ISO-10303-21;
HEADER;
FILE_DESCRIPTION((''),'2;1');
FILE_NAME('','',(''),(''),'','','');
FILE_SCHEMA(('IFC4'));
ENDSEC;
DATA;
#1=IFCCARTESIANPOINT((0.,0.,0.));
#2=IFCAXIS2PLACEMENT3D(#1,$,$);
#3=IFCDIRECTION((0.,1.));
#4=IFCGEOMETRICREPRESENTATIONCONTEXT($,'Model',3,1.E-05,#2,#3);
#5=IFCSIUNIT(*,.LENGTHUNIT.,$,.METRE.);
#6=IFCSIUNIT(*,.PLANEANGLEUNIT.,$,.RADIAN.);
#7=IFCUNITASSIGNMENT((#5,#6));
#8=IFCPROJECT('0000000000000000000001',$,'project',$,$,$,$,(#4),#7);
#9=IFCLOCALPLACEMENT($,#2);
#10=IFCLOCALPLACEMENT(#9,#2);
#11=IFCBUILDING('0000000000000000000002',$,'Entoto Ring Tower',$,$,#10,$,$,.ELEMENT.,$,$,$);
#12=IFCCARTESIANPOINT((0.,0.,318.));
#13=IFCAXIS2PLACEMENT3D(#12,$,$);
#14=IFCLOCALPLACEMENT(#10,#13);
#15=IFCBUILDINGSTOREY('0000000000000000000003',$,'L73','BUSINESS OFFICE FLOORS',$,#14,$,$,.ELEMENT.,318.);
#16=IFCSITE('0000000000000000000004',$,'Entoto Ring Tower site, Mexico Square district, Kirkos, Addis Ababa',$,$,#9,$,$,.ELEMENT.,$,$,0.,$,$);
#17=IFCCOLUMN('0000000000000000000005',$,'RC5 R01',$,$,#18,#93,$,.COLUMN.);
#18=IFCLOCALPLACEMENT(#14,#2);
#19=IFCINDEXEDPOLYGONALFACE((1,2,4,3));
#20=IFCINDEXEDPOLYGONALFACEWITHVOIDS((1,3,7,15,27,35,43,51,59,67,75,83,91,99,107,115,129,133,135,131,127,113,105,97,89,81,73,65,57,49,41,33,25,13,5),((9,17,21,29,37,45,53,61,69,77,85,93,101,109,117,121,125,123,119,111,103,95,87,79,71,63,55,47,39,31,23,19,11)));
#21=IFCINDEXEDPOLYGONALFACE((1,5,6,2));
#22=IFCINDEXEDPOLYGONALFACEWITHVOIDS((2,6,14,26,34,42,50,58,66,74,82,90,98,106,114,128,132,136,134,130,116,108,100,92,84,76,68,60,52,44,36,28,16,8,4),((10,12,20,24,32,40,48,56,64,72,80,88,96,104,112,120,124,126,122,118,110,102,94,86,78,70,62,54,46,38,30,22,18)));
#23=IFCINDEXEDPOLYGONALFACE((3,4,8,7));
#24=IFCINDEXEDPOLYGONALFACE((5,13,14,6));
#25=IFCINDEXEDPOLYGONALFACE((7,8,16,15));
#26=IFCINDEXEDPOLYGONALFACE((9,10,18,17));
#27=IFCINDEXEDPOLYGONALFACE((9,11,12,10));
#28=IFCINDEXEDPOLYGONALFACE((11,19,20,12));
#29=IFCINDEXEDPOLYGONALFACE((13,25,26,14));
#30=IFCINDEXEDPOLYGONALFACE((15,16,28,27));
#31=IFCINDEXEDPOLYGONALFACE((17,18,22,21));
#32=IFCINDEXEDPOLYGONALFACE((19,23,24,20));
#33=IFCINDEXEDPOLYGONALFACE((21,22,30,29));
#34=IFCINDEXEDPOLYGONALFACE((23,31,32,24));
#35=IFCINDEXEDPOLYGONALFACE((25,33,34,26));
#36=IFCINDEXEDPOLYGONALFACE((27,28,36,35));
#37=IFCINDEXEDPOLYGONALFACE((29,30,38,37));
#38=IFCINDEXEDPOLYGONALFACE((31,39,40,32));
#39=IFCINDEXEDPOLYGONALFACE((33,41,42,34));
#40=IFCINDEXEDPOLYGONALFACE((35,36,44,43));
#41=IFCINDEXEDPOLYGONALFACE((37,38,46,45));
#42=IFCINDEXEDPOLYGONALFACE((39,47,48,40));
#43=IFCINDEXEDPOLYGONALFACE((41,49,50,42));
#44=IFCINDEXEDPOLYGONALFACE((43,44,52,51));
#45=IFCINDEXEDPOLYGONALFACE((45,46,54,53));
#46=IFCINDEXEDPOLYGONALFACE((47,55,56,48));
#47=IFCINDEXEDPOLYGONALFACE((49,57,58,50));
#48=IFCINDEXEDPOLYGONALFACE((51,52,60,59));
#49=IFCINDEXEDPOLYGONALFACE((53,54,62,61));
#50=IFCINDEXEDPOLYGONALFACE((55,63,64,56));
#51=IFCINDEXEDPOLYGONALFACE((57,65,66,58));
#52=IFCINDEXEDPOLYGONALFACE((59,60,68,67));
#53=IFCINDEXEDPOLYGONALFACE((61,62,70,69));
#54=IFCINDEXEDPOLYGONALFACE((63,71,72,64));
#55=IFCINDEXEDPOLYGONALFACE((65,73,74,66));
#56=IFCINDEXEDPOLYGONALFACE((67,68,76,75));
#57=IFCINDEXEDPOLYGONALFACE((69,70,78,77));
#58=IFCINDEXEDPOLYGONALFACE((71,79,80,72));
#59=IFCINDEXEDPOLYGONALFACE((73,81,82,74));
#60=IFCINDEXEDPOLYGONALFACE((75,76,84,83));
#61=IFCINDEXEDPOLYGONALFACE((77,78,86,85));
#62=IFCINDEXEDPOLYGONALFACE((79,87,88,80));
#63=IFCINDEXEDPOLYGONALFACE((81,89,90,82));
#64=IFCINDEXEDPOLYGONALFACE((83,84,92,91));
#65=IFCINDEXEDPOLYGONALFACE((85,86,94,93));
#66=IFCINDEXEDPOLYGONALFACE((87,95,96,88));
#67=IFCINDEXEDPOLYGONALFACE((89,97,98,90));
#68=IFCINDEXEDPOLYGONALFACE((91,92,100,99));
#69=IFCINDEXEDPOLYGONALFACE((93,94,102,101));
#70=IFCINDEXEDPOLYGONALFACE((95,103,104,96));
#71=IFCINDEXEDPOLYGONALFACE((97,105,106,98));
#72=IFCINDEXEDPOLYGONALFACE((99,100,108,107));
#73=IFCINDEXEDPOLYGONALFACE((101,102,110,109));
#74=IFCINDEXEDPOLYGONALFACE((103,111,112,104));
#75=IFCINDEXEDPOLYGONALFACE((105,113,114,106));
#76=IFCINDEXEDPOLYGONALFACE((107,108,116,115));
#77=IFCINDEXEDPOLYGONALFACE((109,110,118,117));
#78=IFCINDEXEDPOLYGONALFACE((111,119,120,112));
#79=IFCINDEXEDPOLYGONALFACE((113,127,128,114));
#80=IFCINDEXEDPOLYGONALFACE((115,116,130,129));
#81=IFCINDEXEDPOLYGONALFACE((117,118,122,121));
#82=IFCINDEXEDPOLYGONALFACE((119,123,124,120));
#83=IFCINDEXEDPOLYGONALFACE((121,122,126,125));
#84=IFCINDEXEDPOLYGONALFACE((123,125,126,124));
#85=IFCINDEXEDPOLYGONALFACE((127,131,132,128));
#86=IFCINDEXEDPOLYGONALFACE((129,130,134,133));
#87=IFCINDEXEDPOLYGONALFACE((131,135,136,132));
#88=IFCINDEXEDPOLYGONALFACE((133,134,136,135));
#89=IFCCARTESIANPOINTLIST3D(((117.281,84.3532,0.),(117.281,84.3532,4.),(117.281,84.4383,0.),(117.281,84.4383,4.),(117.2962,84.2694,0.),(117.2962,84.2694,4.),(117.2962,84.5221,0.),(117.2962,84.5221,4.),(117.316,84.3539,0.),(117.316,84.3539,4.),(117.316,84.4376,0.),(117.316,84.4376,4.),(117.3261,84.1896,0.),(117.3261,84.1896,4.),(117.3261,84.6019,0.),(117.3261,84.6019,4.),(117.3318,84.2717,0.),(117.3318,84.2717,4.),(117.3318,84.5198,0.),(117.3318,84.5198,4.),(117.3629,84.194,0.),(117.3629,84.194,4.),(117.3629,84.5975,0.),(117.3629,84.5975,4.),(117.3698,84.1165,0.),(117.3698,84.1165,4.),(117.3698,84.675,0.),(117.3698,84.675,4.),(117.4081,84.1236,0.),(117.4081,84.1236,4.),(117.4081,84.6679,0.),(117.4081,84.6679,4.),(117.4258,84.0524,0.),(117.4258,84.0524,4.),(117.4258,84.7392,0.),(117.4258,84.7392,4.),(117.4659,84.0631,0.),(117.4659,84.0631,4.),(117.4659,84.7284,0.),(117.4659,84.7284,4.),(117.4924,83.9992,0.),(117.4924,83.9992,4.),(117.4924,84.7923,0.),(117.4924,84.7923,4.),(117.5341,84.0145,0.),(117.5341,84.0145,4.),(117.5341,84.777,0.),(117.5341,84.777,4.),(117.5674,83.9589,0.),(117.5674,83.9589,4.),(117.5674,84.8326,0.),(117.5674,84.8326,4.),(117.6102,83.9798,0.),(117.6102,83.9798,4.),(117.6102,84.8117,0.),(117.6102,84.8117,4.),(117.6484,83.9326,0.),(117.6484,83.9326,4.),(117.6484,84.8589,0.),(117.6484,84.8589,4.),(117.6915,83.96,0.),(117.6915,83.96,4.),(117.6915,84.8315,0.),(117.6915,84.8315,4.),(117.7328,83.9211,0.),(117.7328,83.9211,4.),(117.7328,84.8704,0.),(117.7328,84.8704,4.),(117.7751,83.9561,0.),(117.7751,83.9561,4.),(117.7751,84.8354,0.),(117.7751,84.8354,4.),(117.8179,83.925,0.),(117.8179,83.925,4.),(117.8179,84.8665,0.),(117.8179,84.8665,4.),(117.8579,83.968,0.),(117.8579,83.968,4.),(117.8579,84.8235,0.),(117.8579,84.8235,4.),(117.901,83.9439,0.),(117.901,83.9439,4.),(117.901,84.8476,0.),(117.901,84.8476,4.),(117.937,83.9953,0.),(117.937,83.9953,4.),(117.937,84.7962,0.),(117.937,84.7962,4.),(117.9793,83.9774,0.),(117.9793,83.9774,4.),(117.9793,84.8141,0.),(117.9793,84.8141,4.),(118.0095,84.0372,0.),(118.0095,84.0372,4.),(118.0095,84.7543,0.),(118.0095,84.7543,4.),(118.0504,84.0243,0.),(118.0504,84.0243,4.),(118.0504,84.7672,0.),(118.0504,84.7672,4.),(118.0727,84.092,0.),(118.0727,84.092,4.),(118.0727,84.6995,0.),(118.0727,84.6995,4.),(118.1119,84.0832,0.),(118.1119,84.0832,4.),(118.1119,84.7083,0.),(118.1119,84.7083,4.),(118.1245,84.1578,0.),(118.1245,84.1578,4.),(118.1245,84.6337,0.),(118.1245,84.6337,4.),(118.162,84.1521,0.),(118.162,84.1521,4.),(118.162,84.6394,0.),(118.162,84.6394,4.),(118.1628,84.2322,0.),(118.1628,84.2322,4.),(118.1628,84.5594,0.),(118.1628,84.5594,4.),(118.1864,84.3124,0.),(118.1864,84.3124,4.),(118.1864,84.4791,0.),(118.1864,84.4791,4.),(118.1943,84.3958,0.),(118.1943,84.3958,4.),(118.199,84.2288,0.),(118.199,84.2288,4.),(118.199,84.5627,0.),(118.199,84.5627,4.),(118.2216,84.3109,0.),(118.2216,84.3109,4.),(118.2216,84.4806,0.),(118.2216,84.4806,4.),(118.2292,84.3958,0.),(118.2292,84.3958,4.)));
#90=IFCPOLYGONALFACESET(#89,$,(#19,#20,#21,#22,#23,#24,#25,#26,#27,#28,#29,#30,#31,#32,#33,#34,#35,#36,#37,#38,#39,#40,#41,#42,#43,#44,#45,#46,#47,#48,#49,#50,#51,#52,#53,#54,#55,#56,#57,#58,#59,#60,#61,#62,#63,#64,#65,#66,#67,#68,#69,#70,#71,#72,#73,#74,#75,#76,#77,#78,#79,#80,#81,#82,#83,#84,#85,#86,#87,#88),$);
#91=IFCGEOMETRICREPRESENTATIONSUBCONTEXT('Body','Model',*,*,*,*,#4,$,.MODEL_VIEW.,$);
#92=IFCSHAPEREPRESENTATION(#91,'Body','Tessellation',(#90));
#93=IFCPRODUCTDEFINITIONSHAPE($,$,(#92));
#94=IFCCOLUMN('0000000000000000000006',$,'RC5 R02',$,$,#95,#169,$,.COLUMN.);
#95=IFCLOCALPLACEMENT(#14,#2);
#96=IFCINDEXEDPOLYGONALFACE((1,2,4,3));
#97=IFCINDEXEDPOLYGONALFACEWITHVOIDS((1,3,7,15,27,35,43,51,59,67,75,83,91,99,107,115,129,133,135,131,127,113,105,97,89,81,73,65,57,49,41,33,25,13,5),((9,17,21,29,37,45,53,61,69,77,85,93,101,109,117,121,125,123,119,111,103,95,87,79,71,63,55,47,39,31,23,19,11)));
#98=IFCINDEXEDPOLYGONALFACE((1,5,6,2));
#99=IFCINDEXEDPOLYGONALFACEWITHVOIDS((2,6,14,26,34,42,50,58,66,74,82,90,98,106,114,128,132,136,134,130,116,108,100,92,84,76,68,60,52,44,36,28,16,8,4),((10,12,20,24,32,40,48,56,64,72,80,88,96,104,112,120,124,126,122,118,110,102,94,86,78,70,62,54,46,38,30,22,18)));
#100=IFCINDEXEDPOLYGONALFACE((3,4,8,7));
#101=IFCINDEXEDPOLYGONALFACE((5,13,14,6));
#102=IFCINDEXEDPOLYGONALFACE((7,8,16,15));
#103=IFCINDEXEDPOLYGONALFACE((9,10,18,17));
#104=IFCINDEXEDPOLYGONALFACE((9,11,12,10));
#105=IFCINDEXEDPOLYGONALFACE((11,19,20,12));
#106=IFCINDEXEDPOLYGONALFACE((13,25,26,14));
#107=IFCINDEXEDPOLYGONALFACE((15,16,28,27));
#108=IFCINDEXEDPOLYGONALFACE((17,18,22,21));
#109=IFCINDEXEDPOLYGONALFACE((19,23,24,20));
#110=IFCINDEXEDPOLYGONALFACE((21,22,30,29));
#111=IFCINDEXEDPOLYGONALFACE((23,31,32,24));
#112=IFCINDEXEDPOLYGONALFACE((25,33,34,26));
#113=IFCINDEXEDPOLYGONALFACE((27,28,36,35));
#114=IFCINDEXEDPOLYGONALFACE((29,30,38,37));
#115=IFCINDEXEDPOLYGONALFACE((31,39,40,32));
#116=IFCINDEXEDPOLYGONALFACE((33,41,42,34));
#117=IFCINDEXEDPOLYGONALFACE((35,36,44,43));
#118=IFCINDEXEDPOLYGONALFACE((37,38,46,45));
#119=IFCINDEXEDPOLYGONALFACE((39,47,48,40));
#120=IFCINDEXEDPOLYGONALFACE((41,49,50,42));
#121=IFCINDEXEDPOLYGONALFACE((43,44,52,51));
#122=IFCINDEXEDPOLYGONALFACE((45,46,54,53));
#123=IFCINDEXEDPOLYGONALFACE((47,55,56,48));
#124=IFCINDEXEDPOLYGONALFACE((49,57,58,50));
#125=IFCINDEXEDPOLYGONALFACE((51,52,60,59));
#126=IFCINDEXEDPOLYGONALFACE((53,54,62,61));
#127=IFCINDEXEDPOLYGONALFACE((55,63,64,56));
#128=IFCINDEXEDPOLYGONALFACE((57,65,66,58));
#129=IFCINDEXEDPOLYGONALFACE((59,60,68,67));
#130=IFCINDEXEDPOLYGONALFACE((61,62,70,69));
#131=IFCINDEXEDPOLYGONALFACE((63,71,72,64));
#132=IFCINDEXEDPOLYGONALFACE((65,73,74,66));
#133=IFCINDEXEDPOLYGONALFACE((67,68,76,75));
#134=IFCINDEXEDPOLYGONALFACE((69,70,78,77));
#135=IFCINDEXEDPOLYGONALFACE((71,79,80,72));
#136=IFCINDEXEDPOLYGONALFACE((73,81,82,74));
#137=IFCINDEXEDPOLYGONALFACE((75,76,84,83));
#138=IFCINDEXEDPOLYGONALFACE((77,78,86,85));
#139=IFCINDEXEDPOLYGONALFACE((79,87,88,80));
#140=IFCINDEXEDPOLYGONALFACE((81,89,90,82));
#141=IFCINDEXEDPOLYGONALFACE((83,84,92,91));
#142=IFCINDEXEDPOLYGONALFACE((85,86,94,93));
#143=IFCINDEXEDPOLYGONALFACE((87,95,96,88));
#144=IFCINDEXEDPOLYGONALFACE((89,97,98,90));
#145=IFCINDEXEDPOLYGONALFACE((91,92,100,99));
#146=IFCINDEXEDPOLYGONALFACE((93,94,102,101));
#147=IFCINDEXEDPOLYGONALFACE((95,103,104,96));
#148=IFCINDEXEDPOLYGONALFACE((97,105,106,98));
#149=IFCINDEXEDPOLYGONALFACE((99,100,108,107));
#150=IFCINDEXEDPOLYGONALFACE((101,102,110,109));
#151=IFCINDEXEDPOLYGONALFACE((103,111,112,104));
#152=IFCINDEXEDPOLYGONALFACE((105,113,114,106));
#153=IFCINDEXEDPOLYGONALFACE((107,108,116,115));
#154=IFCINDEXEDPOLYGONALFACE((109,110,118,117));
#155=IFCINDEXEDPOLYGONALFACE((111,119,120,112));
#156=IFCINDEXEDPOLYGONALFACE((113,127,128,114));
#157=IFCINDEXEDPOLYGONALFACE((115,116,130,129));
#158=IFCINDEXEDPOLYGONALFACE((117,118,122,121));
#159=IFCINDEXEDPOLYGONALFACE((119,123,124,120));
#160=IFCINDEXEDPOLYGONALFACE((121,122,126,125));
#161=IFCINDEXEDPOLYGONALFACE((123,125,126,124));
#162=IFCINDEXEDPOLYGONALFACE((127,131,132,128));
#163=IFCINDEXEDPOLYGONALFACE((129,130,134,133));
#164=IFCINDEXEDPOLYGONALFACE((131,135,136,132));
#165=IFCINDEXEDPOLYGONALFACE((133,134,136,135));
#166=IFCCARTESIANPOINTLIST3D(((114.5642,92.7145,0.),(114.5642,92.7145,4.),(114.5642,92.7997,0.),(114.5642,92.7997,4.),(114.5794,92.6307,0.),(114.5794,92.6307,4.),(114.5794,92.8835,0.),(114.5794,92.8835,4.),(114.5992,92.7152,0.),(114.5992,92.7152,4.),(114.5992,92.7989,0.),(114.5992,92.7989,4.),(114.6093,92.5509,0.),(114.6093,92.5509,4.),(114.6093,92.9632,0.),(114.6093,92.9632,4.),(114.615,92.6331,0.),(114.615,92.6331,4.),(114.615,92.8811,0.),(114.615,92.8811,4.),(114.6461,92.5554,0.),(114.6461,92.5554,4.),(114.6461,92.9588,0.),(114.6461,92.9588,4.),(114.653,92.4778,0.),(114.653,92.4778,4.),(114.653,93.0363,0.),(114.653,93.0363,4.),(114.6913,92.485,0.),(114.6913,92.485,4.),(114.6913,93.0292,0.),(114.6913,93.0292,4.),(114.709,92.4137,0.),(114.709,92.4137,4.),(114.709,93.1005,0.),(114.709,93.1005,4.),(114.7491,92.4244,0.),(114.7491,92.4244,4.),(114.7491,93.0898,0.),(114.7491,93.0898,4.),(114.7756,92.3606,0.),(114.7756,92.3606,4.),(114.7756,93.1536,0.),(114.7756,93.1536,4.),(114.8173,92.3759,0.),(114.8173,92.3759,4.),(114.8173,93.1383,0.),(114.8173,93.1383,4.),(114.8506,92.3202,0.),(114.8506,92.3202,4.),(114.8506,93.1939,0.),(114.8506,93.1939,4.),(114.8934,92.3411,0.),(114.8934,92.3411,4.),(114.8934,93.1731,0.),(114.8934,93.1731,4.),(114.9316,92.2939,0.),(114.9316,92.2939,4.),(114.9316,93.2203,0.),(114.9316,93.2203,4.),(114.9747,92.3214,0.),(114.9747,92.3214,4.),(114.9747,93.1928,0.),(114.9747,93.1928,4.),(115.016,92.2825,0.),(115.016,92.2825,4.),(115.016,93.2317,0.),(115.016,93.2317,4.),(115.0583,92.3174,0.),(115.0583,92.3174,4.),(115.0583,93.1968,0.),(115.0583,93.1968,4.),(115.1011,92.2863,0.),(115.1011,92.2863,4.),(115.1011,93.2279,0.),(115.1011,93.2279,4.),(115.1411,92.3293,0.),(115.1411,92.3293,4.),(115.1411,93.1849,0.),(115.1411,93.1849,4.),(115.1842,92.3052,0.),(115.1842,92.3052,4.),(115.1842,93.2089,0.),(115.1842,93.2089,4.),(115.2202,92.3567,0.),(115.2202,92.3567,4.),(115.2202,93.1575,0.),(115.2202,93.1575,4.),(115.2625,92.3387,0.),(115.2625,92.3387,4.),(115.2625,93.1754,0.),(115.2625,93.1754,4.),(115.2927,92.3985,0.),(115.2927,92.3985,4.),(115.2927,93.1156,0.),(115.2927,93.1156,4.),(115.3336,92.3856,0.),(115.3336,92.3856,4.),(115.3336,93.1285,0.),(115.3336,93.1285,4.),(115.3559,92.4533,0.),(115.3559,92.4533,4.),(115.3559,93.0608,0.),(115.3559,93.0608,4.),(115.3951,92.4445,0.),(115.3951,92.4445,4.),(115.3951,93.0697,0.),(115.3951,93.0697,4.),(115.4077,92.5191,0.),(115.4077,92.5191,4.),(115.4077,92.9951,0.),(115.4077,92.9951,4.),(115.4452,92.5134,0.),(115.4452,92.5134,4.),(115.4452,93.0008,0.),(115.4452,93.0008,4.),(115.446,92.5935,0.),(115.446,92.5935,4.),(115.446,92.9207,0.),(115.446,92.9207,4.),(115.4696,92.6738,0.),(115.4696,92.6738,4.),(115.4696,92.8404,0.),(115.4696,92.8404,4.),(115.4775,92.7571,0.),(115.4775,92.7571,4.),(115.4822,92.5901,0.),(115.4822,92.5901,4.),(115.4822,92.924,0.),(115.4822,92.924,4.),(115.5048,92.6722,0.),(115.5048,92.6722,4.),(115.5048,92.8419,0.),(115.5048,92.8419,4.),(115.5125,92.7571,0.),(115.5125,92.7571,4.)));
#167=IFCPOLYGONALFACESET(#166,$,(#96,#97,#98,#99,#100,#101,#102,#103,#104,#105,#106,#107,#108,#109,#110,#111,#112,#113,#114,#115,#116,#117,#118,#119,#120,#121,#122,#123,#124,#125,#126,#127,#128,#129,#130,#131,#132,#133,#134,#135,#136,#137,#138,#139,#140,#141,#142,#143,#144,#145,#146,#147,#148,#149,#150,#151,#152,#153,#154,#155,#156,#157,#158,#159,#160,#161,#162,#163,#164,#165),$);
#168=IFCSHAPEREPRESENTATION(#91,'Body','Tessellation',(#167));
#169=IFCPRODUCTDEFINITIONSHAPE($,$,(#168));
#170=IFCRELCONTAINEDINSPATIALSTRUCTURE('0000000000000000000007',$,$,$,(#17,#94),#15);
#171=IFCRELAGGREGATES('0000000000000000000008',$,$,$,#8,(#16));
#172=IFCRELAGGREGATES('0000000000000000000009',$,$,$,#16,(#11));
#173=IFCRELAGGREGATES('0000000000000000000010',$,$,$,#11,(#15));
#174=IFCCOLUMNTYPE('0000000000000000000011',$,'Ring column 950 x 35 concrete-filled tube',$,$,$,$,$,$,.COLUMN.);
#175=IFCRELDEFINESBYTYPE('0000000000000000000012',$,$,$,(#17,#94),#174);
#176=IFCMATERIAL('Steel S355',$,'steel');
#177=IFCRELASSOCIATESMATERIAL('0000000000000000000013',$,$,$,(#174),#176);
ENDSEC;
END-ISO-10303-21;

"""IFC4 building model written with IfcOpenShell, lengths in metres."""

from ifc_helpers import new_model, si_unit, direction, frame, origin, origin_2d, place, context, subcontext, project, spatial, circle, hollow_circle, extrude, material, material_profile, profile_set, type_object, element, save


model = new_model("IFC4")

# Units and contexts
model_context = context("Model", 3, precision=1e-05, world=origin(), true_north=direction((0.0, 1.0)))
body_context = subcontext(model_context, "Body", "Model", "MODEL_VIEW")
ifc_project = project(units=[si_unit("LENGTHUNIT", "METRE"), si_unit("PLANEANGLEUNIT", "RADIAN")], contexts=[model_context])

# Site, building, storey
site_placement = place(None, origin())
site = spatial("IfcSite", under=ifc_project, at=site_placement, Name="Entoto Ring Tower site, Mexico Square district, Kirkos, Addis Ababa", CompositionType="ELEMENT", RefElevation=0.0)
building_placement = place(site_placement, origin())
building = spatial("IfcBuilding", under=site, at=building_placement, Name="Entoto Ring Tower", CompositionType="ELEMENT")
storey_placement = place(building_placement, frame((0.0, 0.0, 318.0)))
storey = spatial("IfcBuildingStorey", under=building, at=storey_placement, Name="L73", Description="BUSINESS OFFICE FLOORS", CompositionType="ELEMENT", Elevation=318.0)

# Columns
ifc_material_1 = material(Name="Steel S355", Category="steel")
ifc_material_profile_1 = material_profile(ifc_material_1, hollow_circle(Radius=0.4751, WallThickness=0.0349, at=origin_2d()), Name="CHS 950 x 35")
ifc_material_2 = material(Name="Concrete C60/75", Category="concrete")
ifc_material_profile_2 = material_profile(ifc_material_2, circle(Radius=0.4399, at=origin_2d()), Name="Concrete C60/75 infill")
ifc_profile_set_1 = profile_set([ifc_material_profile_1, ifc_material_profile_2], Name="Steel S355")
column_type = type_object("IfcColumnType", Name="Ring column 950 x 35 concrete-filled tube", PredefinedType="COLUMN", material=ifc_profile_set_1)
for number, where, z_axis, x_axis, name in (
    (1, (117.7542, 84.3958, 0.0), (0.0, 0.0, 1.0), (1.0, 0.0, 0.0), "RC5 R01"),
    (2, (115.0374, 92.7571, 0.0), (0.0, 0.0, 1.0), (1.0, 0.0, 0.0), "RC5 R02"),
):
    element("IfcColumn", number, at=place(storey_placement, frame(where, z_axis=z_axis, x_axis=x_axis)), inside=storey, type_object=column_type, Name=name, PredefinedType="COLUMN", context=body_context, shape_type="SweptSolid", body=[
        extrude(hollow_circle(Radius=0.4751, WallThickness=0.0349, at=origin_2d()), origin(), (0.0, 0.0, 1.0), 4.0),
    ])

save(model, "model.ifc")
